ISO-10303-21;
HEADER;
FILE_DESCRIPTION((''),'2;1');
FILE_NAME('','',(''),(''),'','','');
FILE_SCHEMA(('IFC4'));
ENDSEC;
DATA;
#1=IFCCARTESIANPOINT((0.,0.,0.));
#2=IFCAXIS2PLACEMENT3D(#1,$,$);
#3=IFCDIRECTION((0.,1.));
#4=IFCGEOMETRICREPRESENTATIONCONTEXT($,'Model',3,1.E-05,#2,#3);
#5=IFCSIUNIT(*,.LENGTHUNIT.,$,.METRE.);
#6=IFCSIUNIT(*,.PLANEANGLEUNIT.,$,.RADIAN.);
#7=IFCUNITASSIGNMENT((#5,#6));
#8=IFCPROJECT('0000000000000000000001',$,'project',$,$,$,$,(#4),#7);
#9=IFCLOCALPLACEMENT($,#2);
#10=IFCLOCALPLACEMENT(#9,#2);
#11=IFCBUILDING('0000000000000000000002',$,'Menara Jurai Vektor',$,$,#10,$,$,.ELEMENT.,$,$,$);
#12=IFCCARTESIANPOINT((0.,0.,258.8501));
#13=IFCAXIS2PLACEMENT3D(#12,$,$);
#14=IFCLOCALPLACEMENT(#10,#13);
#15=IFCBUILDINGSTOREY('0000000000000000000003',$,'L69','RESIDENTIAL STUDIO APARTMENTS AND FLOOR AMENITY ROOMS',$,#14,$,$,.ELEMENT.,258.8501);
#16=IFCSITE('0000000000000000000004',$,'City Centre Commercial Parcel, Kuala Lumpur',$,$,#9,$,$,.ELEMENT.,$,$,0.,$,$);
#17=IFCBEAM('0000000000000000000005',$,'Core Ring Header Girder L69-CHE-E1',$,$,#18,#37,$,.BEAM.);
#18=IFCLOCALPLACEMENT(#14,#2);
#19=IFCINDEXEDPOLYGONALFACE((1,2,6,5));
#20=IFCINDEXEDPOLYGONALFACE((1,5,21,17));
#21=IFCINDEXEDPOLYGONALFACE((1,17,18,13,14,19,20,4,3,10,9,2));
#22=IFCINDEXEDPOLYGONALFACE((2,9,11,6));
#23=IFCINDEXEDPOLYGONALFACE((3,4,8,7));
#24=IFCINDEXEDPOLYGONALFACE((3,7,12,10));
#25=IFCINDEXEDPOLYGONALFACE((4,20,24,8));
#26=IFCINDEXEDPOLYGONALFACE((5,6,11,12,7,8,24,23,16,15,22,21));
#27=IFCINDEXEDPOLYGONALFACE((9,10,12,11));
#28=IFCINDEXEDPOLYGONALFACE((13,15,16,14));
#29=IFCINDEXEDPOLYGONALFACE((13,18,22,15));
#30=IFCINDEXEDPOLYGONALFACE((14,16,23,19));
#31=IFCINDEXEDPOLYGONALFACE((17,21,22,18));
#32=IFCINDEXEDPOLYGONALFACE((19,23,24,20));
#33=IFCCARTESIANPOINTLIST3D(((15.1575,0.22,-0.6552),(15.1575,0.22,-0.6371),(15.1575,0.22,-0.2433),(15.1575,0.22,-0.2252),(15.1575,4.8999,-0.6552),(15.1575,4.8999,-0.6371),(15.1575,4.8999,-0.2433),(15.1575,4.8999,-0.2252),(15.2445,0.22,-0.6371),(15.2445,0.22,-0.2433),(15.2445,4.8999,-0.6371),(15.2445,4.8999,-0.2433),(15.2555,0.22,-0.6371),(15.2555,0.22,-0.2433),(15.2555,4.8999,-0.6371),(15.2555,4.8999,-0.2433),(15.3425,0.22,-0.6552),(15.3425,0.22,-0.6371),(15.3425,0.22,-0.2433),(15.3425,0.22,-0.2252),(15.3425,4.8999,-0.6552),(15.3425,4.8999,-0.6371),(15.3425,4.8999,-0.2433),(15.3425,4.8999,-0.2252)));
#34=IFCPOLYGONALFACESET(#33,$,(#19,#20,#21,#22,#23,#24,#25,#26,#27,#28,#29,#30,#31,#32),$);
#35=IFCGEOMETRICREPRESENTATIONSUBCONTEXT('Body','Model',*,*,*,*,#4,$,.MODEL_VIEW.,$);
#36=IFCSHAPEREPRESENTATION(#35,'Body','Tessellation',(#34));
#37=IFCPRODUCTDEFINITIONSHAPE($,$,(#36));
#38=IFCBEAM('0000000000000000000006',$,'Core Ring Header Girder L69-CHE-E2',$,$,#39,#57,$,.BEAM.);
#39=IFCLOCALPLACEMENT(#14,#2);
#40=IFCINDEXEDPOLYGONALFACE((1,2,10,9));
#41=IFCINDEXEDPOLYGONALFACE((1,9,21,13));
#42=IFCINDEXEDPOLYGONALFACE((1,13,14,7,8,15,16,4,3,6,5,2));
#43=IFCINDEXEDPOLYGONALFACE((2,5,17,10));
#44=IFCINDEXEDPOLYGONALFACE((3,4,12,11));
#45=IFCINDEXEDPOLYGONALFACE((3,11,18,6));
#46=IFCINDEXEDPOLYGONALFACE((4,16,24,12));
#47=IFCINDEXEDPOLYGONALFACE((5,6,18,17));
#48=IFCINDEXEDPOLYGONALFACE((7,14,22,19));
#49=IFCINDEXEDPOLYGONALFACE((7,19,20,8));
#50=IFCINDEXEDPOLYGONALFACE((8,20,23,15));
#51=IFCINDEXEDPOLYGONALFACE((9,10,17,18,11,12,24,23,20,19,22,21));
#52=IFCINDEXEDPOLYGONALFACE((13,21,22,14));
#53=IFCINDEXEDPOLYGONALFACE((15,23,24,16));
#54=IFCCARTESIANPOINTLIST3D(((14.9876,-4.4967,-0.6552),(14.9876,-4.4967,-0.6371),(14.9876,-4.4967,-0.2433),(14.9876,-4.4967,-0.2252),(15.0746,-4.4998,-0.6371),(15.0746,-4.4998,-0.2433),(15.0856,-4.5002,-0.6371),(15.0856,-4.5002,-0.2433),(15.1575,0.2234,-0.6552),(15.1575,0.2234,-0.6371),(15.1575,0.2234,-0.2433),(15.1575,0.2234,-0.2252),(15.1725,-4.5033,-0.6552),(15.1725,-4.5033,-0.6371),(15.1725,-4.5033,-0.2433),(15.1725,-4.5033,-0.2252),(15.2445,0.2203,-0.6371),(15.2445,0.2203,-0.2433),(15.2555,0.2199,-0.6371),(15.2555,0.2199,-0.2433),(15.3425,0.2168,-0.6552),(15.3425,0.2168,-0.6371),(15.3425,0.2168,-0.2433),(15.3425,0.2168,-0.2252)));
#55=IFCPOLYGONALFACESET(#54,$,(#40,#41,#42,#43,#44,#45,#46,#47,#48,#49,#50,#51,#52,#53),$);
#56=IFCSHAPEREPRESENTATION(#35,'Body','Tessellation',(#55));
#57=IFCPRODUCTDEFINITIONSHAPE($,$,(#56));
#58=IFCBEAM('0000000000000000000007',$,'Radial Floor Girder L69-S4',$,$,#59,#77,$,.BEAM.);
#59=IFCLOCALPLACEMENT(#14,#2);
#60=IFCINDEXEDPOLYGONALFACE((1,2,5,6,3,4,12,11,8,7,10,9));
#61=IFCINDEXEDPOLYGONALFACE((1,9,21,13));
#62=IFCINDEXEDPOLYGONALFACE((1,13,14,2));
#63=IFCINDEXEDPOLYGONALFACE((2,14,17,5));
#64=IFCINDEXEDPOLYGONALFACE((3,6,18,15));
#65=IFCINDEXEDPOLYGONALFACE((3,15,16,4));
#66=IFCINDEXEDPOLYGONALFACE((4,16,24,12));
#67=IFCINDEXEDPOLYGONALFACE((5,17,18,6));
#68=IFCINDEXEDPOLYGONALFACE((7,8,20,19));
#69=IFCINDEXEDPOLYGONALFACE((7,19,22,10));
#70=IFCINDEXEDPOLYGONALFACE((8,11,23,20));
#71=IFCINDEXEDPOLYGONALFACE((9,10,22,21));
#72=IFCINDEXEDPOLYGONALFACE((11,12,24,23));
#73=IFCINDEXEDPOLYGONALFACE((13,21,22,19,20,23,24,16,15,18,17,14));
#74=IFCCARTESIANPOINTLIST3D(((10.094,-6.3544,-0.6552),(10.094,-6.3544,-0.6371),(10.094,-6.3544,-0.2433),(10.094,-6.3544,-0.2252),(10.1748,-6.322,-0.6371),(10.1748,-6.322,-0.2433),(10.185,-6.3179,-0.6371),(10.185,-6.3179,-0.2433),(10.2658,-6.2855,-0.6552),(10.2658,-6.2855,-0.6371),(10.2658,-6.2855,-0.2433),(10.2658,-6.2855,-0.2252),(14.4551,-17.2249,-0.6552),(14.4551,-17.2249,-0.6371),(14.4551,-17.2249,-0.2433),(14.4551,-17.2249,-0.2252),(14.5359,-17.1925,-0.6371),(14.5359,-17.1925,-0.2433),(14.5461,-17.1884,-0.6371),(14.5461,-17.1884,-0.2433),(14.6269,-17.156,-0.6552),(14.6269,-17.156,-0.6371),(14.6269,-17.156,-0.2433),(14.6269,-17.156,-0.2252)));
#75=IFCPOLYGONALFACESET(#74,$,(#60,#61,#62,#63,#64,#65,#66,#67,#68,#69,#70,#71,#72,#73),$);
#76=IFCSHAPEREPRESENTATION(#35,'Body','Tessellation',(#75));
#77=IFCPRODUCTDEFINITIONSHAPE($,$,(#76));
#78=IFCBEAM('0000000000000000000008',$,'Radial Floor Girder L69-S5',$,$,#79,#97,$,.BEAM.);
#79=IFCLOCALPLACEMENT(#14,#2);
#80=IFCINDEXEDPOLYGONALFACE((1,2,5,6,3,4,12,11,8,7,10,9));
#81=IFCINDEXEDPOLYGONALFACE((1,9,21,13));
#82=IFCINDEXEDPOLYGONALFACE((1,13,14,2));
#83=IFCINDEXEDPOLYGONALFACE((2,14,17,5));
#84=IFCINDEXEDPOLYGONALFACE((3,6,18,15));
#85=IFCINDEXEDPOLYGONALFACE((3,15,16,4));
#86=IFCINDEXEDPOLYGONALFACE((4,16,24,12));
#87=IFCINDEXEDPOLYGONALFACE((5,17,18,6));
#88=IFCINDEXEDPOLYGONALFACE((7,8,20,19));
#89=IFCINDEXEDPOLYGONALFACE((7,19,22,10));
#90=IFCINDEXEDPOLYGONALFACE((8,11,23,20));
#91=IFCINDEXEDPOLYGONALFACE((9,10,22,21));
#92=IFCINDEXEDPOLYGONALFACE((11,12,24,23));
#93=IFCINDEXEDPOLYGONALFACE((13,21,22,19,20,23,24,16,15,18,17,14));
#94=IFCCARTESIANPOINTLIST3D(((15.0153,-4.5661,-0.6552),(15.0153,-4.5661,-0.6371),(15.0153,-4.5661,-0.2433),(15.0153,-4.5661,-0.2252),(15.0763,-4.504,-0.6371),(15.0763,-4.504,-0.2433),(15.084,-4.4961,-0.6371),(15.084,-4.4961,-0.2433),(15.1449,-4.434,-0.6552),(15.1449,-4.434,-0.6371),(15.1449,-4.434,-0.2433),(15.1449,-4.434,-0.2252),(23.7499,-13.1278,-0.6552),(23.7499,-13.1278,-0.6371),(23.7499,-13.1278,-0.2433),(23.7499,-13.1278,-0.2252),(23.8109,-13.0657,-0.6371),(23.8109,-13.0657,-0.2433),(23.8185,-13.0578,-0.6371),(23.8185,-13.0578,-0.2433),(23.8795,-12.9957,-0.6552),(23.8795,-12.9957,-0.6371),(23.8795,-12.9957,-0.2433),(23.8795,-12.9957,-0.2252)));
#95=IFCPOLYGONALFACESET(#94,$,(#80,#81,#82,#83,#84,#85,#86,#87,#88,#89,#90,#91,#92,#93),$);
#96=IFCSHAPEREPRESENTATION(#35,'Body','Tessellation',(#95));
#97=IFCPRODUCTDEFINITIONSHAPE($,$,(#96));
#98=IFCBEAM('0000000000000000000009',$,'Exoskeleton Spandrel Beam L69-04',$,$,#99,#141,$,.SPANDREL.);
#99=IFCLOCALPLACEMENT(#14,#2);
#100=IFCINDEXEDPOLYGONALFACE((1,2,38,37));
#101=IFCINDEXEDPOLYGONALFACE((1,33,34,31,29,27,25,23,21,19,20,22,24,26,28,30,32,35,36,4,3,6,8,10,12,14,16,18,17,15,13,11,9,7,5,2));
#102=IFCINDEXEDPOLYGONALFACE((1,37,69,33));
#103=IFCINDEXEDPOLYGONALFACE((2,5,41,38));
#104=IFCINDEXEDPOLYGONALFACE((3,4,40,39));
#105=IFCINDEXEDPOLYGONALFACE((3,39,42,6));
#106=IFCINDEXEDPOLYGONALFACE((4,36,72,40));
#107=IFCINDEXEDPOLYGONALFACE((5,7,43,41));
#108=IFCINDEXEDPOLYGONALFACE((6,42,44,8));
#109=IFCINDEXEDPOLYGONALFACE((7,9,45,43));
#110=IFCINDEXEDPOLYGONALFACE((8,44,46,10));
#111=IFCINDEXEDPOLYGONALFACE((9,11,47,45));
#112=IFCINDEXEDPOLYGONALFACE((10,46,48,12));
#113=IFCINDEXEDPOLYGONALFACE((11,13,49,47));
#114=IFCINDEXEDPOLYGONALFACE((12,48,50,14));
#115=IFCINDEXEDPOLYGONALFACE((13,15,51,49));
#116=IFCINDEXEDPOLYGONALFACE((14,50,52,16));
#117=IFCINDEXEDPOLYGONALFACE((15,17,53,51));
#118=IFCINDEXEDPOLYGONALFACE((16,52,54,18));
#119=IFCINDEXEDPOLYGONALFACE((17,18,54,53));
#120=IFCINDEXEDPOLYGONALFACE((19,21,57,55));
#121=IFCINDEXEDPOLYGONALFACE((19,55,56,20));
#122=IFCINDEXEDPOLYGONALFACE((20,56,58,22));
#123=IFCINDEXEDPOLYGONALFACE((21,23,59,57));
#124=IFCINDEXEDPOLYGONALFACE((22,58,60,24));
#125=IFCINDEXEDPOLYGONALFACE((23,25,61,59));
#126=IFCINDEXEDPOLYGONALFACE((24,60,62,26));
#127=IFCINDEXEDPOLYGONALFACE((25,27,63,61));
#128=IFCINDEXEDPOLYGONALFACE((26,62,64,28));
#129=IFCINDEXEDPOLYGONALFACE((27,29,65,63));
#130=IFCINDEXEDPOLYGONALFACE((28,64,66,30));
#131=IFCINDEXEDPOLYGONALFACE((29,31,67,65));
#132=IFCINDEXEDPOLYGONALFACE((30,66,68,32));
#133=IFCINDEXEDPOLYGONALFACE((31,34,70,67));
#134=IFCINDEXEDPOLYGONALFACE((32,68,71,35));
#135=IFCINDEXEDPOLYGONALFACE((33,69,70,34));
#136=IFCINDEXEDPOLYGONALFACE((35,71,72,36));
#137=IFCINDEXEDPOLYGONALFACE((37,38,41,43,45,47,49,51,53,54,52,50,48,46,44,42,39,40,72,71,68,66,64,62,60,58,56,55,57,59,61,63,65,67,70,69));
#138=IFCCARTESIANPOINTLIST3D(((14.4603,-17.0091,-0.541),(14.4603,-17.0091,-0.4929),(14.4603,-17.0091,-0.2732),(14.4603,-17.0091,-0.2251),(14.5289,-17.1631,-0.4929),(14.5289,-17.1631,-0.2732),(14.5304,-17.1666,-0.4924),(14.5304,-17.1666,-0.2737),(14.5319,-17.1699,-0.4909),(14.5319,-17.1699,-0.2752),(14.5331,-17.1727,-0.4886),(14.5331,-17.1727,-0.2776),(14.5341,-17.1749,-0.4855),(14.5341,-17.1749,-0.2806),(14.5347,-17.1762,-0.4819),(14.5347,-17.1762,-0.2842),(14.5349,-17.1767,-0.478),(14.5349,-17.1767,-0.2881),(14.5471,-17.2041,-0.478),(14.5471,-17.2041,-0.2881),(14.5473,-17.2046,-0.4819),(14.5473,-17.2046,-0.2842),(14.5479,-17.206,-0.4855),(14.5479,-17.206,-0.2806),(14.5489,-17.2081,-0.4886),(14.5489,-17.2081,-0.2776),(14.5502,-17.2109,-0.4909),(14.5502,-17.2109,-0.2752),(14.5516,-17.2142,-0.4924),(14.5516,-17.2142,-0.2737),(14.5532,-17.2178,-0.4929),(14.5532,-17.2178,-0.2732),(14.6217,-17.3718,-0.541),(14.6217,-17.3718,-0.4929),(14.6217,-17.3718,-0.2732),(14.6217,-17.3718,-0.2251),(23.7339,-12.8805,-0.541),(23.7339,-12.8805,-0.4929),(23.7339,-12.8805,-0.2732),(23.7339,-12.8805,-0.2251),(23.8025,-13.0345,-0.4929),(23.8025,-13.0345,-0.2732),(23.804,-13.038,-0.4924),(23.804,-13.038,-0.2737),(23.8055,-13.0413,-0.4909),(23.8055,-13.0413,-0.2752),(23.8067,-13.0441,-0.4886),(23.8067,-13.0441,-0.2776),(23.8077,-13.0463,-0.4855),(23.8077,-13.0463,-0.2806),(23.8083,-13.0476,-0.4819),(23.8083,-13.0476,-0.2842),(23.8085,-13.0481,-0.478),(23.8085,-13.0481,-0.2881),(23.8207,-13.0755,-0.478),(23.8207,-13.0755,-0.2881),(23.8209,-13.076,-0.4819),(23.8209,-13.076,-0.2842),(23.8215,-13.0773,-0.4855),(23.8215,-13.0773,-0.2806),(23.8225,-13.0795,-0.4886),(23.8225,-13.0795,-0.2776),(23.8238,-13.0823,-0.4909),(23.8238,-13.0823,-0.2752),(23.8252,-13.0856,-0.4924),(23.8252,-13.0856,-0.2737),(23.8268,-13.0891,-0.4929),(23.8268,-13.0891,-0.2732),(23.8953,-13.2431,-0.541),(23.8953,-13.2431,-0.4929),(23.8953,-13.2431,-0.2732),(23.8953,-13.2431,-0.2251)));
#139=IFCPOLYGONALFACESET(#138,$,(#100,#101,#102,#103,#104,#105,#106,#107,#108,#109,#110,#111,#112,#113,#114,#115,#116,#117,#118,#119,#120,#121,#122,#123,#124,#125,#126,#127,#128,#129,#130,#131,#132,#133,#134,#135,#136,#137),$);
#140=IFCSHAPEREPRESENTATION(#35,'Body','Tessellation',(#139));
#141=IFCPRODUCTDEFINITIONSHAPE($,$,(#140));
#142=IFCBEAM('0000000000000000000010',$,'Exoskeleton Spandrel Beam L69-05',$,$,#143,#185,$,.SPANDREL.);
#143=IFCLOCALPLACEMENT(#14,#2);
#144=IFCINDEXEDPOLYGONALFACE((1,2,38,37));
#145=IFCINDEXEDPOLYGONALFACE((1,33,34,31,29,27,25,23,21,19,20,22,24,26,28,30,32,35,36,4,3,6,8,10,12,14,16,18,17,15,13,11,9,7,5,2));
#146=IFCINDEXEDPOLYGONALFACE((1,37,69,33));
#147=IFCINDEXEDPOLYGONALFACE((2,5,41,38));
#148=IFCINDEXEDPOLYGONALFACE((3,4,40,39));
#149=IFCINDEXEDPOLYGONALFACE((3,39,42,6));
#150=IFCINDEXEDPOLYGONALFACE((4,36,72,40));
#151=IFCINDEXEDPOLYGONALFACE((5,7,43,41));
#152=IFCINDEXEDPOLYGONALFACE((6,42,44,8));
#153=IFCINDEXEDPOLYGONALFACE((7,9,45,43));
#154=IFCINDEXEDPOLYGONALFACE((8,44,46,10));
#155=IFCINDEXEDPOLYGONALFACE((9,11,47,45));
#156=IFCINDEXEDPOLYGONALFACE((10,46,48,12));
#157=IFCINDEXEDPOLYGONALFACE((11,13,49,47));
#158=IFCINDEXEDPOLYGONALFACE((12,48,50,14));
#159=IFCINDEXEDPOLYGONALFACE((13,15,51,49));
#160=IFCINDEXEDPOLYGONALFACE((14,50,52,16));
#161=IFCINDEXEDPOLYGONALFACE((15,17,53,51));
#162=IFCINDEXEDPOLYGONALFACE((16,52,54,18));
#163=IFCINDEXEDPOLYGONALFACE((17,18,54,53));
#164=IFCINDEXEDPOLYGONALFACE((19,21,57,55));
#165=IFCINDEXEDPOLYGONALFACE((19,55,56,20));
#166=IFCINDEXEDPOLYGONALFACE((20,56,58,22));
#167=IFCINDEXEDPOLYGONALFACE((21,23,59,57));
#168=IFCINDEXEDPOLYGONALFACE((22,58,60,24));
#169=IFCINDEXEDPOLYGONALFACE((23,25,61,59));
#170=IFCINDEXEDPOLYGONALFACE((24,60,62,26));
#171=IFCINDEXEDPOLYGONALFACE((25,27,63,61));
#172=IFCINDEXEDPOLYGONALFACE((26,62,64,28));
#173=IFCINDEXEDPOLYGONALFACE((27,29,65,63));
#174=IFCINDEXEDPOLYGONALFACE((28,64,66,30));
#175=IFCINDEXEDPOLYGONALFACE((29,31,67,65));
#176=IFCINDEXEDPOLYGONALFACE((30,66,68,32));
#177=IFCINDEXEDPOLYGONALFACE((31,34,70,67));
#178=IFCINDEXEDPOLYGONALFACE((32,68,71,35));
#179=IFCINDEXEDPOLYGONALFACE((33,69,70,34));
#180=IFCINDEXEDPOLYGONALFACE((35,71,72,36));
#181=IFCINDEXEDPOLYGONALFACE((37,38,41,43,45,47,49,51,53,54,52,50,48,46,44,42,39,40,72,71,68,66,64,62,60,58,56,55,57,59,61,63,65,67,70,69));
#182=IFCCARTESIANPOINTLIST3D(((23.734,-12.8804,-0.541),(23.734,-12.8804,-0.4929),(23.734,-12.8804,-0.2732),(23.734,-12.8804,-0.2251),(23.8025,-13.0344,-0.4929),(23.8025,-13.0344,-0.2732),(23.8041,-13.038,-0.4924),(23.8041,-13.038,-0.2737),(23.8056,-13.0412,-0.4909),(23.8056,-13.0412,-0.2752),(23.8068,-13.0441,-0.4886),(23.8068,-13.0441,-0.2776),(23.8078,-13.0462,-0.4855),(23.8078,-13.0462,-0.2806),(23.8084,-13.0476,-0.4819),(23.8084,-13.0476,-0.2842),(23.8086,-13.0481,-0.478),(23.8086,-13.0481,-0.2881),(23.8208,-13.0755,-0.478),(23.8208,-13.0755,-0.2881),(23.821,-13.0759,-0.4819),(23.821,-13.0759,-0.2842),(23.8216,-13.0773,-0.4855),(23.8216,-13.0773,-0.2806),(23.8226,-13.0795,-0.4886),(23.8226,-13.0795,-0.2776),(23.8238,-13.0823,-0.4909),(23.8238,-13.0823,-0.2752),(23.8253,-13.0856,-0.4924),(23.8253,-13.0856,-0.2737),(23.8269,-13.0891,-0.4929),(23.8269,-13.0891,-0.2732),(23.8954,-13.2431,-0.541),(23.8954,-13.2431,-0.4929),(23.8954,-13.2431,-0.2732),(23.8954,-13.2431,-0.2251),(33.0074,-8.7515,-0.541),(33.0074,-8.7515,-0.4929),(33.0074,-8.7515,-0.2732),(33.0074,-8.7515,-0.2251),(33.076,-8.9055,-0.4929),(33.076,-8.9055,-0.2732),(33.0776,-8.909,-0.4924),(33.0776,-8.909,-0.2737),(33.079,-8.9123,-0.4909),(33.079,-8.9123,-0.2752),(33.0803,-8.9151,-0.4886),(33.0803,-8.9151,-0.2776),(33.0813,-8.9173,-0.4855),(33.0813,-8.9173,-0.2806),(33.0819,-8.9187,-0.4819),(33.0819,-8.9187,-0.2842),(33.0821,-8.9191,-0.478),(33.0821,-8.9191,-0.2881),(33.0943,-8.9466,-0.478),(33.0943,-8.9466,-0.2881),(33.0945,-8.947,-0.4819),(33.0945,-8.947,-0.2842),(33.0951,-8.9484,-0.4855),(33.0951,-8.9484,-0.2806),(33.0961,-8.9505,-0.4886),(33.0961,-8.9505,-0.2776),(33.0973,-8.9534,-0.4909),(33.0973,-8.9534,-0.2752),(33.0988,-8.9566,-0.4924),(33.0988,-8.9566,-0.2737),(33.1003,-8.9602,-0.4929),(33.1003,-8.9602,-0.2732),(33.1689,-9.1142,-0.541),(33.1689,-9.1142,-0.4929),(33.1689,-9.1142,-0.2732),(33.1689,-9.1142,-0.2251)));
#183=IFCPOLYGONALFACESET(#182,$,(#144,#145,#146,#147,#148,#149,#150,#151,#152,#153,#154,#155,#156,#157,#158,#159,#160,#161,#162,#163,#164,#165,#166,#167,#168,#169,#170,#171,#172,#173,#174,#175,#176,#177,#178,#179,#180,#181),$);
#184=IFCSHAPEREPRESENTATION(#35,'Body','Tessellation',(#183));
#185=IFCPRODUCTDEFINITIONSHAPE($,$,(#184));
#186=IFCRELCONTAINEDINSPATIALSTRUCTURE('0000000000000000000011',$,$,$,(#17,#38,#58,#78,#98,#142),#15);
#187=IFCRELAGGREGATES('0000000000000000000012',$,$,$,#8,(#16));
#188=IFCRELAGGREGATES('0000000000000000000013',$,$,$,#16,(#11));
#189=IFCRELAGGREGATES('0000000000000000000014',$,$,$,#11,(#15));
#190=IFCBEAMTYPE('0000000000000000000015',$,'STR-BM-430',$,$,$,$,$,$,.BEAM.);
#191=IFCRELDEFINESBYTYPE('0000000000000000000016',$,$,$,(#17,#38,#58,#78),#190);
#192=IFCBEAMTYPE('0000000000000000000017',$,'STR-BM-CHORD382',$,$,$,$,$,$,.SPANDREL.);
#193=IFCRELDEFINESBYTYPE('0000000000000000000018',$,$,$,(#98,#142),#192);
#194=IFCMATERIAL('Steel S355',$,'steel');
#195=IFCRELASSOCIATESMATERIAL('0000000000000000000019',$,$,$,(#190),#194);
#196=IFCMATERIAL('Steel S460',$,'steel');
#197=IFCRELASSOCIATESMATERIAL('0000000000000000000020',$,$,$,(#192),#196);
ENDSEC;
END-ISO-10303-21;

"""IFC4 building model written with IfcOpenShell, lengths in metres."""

from ifc_helpers import new_model, si_unit, direction, frame, origin, origin_2d, place, context, subcontext, project, spatial, i_section, extrude, material, material_profile, profile_set, type_object, element, save


model = new_model("IFC4")

# Units and contexts
model_context = context("Model", 3, precision=1e-05, world=origin(), true_north=direction((0.0, 1.0)))
body_context = subcontext(model_context, "Body", "Model", "MODEL_VIEW")
ifc_project = project(units=[si_unit("LENGTHUNIT", "METRE"), si_unit("PLANEANGLEUNIT", "RADIAN")], contexts=[model_context])

# Site, building, storey
site_placement = place(None, origin())
site = spatial("IfcSite", under=ifc_project, at=site_placement, Name="City Centre Commercial Parcel, Kuala Lumpur", CompositionType="ELEMENT", RefElevation=0.0)
building_placement = place(site_placement, origin())
building = spatial("IfcBuilding", under=site, at=building_placement, Name="Menara Jurai Vektor", CompositionType="ELEMENT")
storey_placement = place(building_placement, frame((0.0, 0.0, 258.8501)))
storey = spatial("IfcBuildingStorey", under=building, at=storey_placement, Name="L69", Description="RESIDENTIAL STUDIO APARTMENTS AND FLOOR AMENITY ROOMS", CompositionType="ELEMENT", Elevation=258.8501)

# Shared definitions
ifc_material_1 = material(Name="Steel S460", Category="steel")

# Beams
ifc_material_2 = material(Name="Steel S355", Category="steel")
ifc_material_profile_1 = material_profile(ifc_material_2, i_section(OverallWidth=0.1851, OverallDepth=0.4299, WebThickness=0.011, FlangeThickness=0.0181, at=origin_2d()), Name="PG 430x185x76")
ifc_profile_set_1 = profile_set([ifc_material_profile_1], Name="Steel S355")
beam_type_1 = type_object("IfcBeamType", Name="STR-BM-430", PredefinedType="BEAM", material=ifc_profile_set_1)
beam_1_placement = place(storey_placement, frame((15.25, 0.22, -0.4402), z_axis=(0.0, 1.0, 0.0), x_axis=(-1.0, 0.0, 0.0)))
element("IfcBeam", 1, at=beam_1_placement, inside=storey, type_object=beam_type_1, Name="Core Ring Header Girder L69-CHE-E1", PredefinedType="BEAM", context=body_context, shape_type="SweptSolid", body=[
    extrude(i_section(OverallWidth=0.1851, OverallDepth=0.4299, WebThickness=0.011, FlangeThickness=0.0181, at=origin_2d()), origin(), (0.0, 0.0, 1.0), 4.6799),
])
beam_2_placement = place(storey_placement, frame((15.0801, -4.5, -0.4402), z_axis=(0.035977, 0.999353, 0.0), x_axis=(-0.999353, 0.035977, 0.0)))
element("IfcBeam", 2, at=beam_2_placement, inside=storey, type_object=beam_type_1, Name="Core Ring Header Girder L69-CHE-E2", PredefinedType="BEAM", context=body_context, shape_type="SweptSolid", body=[
    extrude(i_section(OverallWidth=0.1851, OverallDepth=0.4299, WebThickness=0.011, FlangeThickness=0.0181, at=origin_2d()), origin(), (0.0, 0.0, 1.0), 4.7231),
])
beam_3_placement = place(storey_placement, frame((14.541, -17.1904, -0.4402), z_axis=(-0.372343, 0.928095, 0.0), x_axis=(-0.928095, -0.372343, 0.0)))
element("IfcBeam", 3, at=beam_3_placement, inside=storey, type_object=beam_type_1, Name="Radial Floor Girder L69-S4", PredefinedType="BEAM", context=body_context, shape_type="SweptSolid", body=[
    extrude(i_section(OverallWidth=0.1851, OverallDepth=0.4299, WebThickness=0.011, FlangeThickness=0.0181, at=origin_2d()), origin(), (0.0, 0.0, 1.0), 11.7126),
])
beam_4_placement = place(storey_placement, frame((23.8147, -13.0618, -0.4402), z_axis=(-0.714138, 0.700005, 0.0), x_axis=(-0.700005, -0.714138, 0.0)))
element("IfcBeam", 4, at=beam_4_placement, inside=storey, type_object=beam_type_1, Name="Radial Floor Girder L69-S5", PredefinedType="BEAM", context=body_context, shape_type="SweptSolid", body=[
    extrude(i_section(OverallWidth=0.1851, OverallDepth=0.4299, WebThickness=0.011, FlangeThickness=0.0181, at=origin_2d()), origin(), (0.0, 0.0, 1.0), 12.231),
])
ifc_material_profile_2 = material_profile(ifc_material_1, i_section(OverallWidth=0.397, OverallDepth=0.3159, WebThickness=0.03, FlangeThickness=0.0481, FilletRadius=0.0149, at=origin_2d()), Name="HD 400x382")
ifc_profile_set_2 = profile_set([ifc_material_profile_2], Name="Steel S460")
beam_type_2 = type_object("IfcBeamType", Name="STR-BM-CHORD382", PredefinedType="SPANDREL", material=ifc_profile_set_2)
for number, where, z_axis, x_axis, name in (
    (5, (14.541, -17.1904, -0.3831), (0.913554, 0.406716, 0.0), (-0.406716, 0.913554, 0.0), "Exoskeleton Spandrel Beam L69-04"),
    (6, (23.8147, -13.0618, -0.3831), (0.913542, 0.406745, 0.0), (-0.406745, 0.913542, 0.0), "Exoskeleton Spandrel Beam L69-05"),
):
    element("IfcBeam", number, at=place(storey_placement, frame(where, z_axis=z_axis, x_axis=x_axis)), inside=storey, type_object=beam_type_2, Name=name, PredefinedType="SPANDREL", context=body_context, shape_type="SweptSolid", body=[
        extrude(i_section(OverallWidth=0.397, OverallDepth=0.3159, WebThickness=0.03, FlangeThickness=0.0481, FilletRadius=0.0149, at=origin_2d()), origin(), (0.0, 0.0, 1.0), 10.1511),
    ])

save(model, "model.ifc")
